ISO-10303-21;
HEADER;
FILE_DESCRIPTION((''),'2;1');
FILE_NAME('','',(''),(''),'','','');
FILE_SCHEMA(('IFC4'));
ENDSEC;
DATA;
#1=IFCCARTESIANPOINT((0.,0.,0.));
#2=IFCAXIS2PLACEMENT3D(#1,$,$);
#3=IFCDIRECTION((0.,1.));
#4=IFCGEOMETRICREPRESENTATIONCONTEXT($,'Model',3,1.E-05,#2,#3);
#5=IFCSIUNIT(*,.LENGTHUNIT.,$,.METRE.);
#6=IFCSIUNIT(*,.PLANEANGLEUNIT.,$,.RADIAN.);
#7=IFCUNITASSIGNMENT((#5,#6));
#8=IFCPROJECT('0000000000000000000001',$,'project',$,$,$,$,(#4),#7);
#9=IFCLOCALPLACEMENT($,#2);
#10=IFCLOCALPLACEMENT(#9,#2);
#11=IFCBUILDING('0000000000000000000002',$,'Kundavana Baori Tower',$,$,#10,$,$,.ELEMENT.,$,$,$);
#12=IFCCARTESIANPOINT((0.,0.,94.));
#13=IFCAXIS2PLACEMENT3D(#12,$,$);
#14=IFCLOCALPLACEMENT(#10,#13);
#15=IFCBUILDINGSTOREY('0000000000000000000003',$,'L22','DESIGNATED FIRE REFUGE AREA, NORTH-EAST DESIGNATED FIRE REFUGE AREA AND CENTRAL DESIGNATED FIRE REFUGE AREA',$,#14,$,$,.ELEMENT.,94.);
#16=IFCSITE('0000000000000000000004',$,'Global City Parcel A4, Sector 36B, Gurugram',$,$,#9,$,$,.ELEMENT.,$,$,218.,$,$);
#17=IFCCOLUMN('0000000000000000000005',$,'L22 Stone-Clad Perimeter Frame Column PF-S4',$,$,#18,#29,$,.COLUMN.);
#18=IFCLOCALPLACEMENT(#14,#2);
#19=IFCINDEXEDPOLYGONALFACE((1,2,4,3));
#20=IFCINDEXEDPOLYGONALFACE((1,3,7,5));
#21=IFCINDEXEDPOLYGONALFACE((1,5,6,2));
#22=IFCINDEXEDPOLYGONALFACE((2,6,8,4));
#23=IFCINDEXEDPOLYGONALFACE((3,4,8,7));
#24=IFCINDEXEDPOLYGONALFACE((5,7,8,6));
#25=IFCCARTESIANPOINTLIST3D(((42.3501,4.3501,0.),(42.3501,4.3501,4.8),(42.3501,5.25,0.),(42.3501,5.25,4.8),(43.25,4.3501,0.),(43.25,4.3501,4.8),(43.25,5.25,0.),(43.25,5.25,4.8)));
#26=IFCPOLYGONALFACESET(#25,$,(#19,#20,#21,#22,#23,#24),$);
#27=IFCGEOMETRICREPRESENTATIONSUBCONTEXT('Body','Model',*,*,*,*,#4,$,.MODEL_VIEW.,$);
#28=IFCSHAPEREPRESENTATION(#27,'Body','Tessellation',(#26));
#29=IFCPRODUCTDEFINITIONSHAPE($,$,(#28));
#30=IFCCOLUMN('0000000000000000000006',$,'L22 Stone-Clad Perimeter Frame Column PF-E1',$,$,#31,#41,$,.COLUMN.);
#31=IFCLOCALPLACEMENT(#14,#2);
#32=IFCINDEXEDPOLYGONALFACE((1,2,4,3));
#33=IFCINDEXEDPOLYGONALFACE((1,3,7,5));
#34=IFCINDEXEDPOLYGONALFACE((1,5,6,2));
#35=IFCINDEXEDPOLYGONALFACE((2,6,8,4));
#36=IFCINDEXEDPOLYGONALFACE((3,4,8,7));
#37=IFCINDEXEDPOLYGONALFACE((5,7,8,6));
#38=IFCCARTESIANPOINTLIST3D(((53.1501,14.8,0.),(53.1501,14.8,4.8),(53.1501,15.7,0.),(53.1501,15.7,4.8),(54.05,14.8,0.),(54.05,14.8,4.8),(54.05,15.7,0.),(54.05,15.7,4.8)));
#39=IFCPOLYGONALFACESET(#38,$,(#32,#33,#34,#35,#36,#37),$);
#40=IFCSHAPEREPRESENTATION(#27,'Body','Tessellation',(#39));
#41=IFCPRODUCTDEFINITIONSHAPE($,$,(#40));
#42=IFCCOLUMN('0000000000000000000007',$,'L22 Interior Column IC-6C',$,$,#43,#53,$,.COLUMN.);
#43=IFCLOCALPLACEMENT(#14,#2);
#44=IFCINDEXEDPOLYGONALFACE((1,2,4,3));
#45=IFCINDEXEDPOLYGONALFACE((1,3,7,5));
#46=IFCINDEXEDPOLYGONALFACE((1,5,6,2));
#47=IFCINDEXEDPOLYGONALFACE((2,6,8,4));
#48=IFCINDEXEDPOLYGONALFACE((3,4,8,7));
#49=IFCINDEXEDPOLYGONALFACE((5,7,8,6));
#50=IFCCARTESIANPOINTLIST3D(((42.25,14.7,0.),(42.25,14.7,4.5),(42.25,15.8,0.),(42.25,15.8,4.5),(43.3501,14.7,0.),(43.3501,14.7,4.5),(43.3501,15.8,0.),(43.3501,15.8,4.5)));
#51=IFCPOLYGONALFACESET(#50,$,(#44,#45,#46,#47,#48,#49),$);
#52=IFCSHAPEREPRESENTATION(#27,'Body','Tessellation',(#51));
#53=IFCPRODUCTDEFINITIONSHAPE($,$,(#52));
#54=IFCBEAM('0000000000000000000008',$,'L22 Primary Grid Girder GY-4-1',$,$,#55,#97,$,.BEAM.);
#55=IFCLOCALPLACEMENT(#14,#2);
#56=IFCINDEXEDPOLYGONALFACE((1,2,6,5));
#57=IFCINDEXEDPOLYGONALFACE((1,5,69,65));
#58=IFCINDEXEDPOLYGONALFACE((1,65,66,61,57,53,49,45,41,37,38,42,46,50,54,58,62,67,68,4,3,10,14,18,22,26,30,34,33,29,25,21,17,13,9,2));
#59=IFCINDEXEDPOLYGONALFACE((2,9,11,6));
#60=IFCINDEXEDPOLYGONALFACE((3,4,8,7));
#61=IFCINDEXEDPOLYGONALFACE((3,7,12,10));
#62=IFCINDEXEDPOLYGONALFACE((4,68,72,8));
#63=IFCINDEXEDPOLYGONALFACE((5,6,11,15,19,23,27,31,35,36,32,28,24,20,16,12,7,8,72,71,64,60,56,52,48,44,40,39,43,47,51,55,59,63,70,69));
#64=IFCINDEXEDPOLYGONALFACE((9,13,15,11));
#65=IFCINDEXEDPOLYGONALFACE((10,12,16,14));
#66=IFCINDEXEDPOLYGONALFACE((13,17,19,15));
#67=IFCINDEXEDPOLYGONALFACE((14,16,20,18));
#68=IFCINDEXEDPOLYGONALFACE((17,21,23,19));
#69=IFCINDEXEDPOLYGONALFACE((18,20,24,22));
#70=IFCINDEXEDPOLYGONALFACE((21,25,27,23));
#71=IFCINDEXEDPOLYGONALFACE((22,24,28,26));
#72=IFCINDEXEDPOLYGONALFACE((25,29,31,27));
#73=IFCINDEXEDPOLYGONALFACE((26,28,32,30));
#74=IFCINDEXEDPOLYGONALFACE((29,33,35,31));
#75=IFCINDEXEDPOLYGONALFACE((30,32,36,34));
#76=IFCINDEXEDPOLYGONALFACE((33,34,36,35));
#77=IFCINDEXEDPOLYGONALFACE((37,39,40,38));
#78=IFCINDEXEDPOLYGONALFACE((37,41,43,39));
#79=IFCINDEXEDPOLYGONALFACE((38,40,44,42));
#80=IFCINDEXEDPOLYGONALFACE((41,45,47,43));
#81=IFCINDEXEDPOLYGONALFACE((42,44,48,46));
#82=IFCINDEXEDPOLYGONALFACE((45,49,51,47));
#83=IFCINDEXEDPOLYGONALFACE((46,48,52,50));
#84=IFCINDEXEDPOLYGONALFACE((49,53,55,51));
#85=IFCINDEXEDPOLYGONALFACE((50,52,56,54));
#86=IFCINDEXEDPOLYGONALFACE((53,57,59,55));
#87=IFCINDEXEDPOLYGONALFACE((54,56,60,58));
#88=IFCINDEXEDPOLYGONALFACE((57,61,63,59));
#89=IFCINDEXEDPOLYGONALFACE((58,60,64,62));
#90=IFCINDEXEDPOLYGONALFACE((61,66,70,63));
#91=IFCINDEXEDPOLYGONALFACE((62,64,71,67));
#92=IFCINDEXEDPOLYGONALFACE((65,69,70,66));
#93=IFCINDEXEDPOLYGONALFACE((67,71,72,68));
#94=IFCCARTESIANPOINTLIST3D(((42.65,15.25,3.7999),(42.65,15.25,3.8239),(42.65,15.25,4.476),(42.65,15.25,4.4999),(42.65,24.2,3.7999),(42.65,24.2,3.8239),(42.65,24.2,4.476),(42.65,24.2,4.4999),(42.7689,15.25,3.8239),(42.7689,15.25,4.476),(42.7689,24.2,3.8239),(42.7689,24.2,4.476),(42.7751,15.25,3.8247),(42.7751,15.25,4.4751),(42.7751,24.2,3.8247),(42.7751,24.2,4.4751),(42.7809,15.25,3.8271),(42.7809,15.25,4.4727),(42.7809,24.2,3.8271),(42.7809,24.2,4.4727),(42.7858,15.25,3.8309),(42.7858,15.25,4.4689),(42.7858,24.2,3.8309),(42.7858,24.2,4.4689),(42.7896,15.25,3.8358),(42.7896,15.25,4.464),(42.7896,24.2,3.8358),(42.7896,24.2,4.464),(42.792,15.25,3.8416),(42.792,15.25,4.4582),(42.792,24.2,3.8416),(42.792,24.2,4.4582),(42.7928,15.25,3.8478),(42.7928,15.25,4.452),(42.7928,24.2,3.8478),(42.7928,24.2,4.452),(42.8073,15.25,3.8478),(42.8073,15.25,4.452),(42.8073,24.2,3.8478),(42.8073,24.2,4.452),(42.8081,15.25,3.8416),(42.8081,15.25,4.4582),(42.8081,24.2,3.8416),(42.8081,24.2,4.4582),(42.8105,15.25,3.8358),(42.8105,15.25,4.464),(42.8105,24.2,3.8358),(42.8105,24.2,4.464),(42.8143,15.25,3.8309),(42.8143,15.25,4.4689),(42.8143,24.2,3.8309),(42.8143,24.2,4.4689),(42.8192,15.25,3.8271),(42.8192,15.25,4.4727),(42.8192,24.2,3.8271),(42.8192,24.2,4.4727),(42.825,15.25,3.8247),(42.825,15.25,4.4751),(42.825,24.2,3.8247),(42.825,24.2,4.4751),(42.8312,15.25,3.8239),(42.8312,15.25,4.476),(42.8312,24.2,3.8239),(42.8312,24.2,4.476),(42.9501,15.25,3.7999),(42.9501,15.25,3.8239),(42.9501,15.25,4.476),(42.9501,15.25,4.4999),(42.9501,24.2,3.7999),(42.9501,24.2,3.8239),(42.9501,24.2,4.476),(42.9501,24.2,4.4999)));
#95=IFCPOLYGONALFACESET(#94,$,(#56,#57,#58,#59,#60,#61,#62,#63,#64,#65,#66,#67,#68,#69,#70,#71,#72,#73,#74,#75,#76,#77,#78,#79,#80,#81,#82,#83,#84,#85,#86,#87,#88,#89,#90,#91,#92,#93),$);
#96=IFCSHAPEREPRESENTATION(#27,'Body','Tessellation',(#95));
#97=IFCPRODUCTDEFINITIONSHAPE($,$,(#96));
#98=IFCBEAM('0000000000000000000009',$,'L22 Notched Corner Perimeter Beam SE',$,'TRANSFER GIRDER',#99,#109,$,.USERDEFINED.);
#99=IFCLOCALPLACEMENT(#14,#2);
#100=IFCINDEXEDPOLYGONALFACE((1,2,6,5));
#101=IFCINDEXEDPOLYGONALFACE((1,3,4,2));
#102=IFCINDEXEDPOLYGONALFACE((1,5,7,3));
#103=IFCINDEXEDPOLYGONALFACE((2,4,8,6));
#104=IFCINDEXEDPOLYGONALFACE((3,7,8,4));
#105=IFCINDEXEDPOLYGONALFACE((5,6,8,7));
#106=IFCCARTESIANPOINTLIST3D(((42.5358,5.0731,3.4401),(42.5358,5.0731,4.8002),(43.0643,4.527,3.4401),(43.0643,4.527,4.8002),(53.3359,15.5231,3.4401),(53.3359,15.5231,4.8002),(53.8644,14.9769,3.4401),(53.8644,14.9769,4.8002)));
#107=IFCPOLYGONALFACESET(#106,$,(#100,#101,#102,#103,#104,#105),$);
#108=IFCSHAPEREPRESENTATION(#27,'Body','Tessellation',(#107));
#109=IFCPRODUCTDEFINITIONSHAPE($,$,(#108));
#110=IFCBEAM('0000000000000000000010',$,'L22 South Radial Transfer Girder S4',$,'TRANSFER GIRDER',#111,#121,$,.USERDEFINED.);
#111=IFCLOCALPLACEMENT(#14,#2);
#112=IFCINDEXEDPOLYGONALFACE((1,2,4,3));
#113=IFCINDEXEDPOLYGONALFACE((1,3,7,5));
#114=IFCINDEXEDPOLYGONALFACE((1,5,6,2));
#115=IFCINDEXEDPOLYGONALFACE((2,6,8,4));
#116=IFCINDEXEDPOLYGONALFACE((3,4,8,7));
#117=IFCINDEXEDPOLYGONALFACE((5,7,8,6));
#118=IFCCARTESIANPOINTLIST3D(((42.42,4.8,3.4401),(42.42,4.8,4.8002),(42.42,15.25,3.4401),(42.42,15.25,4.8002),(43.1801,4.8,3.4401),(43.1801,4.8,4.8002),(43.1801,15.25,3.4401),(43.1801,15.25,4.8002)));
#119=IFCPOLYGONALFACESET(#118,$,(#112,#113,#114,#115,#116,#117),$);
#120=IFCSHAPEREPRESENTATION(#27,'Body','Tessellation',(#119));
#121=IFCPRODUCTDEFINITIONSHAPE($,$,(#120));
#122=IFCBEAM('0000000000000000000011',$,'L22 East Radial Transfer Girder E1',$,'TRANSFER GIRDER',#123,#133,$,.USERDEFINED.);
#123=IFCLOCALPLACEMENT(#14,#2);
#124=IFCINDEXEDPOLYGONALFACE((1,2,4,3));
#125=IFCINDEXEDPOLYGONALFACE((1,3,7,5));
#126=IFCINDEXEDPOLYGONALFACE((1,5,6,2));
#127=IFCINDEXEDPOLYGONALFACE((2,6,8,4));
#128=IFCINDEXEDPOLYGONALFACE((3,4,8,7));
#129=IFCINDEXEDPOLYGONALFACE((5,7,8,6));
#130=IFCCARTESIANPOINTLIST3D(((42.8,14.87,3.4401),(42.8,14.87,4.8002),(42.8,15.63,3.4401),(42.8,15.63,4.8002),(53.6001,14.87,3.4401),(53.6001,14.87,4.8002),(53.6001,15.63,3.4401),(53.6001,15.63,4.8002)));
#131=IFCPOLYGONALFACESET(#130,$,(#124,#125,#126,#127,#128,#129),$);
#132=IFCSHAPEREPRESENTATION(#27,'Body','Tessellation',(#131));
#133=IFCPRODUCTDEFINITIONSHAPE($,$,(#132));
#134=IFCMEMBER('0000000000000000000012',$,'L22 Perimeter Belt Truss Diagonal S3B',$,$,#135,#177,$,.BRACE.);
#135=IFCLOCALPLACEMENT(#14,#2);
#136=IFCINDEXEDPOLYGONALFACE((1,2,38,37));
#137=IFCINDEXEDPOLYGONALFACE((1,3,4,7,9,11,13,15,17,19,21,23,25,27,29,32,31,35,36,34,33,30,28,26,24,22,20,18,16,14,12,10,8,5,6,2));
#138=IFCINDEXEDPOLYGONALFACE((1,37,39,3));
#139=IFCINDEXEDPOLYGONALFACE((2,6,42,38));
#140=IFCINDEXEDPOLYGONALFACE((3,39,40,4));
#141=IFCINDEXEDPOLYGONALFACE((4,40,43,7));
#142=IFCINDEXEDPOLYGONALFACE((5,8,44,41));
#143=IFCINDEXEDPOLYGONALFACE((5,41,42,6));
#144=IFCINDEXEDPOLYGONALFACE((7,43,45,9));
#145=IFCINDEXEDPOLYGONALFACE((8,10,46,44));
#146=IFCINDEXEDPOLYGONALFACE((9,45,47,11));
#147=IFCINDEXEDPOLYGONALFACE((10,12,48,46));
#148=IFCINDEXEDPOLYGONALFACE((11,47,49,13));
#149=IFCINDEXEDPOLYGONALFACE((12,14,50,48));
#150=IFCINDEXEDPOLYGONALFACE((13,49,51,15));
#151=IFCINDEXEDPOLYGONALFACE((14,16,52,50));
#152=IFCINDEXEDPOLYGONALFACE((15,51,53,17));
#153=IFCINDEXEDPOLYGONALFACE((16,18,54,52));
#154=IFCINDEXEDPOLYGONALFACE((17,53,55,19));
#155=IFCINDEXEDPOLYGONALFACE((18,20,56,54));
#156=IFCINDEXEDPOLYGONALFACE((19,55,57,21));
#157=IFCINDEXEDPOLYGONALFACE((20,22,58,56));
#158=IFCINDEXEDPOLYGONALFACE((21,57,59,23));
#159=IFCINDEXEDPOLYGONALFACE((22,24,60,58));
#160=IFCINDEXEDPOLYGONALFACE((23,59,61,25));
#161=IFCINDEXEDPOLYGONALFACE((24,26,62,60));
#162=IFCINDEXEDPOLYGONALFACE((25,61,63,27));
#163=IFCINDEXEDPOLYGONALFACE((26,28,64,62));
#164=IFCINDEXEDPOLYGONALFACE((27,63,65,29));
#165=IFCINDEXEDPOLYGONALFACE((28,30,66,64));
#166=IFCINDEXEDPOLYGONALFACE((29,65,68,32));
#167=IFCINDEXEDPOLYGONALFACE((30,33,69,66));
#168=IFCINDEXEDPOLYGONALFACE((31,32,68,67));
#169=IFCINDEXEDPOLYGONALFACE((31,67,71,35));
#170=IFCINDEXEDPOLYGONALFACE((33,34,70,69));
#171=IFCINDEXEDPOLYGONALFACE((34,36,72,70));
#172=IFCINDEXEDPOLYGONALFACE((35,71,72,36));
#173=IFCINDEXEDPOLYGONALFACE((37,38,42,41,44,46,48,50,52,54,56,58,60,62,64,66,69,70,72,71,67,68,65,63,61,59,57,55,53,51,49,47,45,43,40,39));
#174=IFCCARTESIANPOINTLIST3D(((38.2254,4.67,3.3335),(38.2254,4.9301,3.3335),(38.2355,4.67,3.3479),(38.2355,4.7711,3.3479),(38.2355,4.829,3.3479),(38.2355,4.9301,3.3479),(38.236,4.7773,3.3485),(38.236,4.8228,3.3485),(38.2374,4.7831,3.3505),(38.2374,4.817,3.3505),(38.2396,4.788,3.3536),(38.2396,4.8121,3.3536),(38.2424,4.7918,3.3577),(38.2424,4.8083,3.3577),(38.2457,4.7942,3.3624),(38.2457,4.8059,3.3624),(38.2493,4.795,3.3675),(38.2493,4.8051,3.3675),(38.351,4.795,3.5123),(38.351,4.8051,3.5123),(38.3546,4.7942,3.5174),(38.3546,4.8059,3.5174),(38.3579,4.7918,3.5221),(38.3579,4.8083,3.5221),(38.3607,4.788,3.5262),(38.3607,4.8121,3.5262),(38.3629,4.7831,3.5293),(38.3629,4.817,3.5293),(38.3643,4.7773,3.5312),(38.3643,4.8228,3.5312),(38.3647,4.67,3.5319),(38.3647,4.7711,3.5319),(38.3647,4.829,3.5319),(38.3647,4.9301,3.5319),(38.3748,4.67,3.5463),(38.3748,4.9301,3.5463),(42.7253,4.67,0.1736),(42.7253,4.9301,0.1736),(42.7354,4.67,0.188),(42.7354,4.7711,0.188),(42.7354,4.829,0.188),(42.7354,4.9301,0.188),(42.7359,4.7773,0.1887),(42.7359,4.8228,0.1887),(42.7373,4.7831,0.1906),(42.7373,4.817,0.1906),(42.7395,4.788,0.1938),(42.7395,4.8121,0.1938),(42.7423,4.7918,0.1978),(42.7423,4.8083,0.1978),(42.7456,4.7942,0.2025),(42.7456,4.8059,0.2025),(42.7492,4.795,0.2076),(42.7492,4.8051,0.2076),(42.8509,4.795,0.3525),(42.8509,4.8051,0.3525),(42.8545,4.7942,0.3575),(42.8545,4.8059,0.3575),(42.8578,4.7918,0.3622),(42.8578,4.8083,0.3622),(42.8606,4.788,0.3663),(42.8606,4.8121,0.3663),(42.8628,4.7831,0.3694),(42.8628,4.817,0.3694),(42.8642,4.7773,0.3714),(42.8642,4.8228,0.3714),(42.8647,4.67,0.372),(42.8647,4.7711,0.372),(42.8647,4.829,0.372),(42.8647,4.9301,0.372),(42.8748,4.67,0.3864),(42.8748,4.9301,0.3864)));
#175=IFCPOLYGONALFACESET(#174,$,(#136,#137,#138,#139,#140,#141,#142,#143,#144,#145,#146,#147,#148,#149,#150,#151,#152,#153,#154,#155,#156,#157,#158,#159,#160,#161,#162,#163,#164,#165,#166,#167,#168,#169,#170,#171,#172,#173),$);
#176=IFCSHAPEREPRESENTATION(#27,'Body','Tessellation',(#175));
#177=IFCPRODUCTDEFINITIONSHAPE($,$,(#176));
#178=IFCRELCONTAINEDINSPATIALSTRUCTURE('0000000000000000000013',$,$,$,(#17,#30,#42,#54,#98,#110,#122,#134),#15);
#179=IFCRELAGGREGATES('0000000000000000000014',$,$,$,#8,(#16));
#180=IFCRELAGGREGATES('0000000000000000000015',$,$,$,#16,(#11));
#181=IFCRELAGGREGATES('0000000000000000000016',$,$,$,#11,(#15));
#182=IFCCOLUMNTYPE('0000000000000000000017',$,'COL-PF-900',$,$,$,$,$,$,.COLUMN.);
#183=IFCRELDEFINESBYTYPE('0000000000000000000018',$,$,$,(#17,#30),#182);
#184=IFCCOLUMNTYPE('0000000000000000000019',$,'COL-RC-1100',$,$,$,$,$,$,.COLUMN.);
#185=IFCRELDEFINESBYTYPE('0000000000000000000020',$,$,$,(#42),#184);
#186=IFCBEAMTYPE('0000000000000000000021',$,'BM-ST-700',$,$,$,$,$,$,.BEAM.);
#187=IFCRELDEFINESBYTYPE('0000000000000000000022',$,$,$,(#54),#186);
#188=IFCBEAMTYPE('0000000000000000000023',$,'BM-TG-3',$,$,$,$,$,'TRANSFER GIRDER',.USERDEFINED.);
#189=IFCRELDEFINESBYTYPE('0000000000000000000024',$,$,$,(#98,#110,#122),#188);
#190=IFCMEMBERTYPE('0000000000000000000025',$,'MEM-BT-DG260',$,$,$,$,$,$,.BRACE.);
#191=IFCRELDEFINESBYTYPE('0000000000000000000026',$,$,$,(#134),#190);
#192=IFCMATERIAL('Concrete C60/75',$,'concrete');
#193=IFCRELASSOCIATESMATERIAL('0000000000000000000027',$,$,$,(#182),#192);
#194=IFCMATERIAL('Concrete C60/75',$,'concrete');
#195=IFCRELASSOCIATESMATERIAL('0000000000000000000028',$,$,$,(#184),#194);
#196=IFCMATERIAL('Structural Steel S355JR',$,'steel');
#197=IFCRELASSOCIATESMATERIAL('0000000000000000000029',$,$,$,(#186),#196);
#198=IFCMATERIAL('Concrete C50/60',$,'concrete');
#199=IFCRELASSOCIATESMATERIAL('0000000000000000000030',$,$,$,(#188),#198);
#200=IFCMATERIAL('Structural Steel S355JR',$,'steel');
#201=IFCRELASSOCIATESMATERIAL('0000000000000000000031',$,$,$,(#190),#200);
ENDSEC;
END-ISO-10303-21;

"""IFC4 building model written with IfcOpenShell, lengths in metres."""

from ifc_helpers import new_model, si_unit, direction, frame, origin, origin_2d, place, context, subcontext, project, spatial, rectangle, i_section, extrude, material, material_profile, profile_set, type_object, element, save


model = new_model("IFC4")

# Units and contexts
model_context = context("Model", 3, precision=1e-05, world=origin(), true_north=direction((0.0, 1.0)))
body_context = subcontext(model_context, "Body", "Model", "MODEL_VIEW")
ifc_project = project(units=[si_unit("LENGTHUNIT", "METRE"), si_unit("PLANEANGLEUNIT", "RADIAN")], contexts=[model_context])

# Site, building, storey
site_placement = place(None, origin())
site = spatial("IfcSite", under=ifc_project, at=site_placement, Name="Global City Parcel A4, Sector 36B, Gurugram", CompositionType="ELEMENT", RefElevation=218.0)
building_placement = place(site_placement, origin())
building = spatial("IfcBuilding", under=site, at=building_placement, Name="Kundavana Baori Tower", CompositionType="ELEMENT")
storey_placement = place(building_placement, frame((0.0, 0.0, 94.0)))
storey = spatial("IfcBuildingStorey", under=building, at=storey_placement, Name="L22", Description="DESIGNATED FIRE REFUGE AREA, NORTH-EAST DESIGNATED FIRE REFUGE AREA AND CENTRAL DESIGNATED FIRE REFUGE AREA", CompositionType="ELEMENT", Elevation=94.0)

# Columns
ifc_material_1 = material(Name="Concrete C60/75", Category="concrete")
ifc_material_profile_1 = material_profile(ifc_material_1, rectangle(XDim=0.8999, YDim=0.8999, at=origin_2d()), Name="RC PF 900x900")
ifc_profile_set_1 = profile_set([ifc_material_profile_1], Name="Concrete C60/75")
column_type_1 = type_object("IfcColumnType", Name="COL-PF-900", PredefinedType="COLUMN", material=ifc_profile_set_1)
for number, where, z_axis, x_axis, name in (
    (1, (42.8, 4.8, 0.0), (0.0, 0.0, 1.0), (1.0, 0.0, 0.0), "L22 Stone-Clad Perimeter Frame Column PF-S4"),
    (2, (53.6001, 15.25, 0.0), (0.0, 0.0, 1.0), (1.0, 0.0, 0.0), "L22 Stone-Clad Perimeter Frame Column PF-E1"),
):
    element("IfcColumn", number, at=place(storey_placement, frame(where, z_axis=z_axis, x_axis=x_axis)), inside=storey, type_object=column_type_1, Name=name, PredefinedType="COLUMN", context=body_context, shape_type="SweptSolid", body=[
        extrude(rectangle(XDim=0.8999, YDim=0.8999, at=origin_2d()), origin(), (0.0, 0.0, 1.0), 4.8),
    ])
ifc_material_2 = material(Name="Concrete C60/75", Category="concrete")
ifc_material_profile_2 = material_profile(ifc_material_2, rectangle(XDim=1.1001, YDim=1.1001, at=origin_2d()), Name="RC 1100x1100")
ifc_profile_set_2 = profile_set([ifc_material_profile_2], Name="Concrete C60/75")
column_type_2 = type_object("IfcColumnType", Name="COL-RC-1100", PredefinedType="COLUMN", material=ifc_profile_set_2)
column_placement = place(storey_placement, frame((42.8, 15.25, 0.0), z_axis=(0.0, 0.0, 1.0), x_axis=(1.0, 0.0, 0.0)))
element("IfcColumn", 3, at=column_placement, inside=storey, type_object=column_type_2, Name="L22 Interior Column IC-6C", PredefinedType="COLUMN", context=body_context, shape_type="SweptSolid", body=[
    extrude(rectangle(XDim=1.1001, YDim=1.1001, at=origin_2d()), origin(), (0.0, 0.0, 1.0), 4.5),
])

# Beams
ifc_material_3 = material(Name="Structural Steel S355JR", Category="steel")
ifc_material_profile_3 = material_profile(ifc_material_3, i_section(OverallWidth=0.3, OverallDepth=0.7, WebThickness=0.0144, FlangeThickness=0.0239, FilletRadius=0.0239, at=origin_2d()), Name="NPB 700x300x170")
ifc_profile_set_3 = profile_set([ifc_material_profile_3], Name="Structural Steel S355JR")
beam_type_1 = type_object("IfcBeamType", Name="BM-ST-700", PredefinedType="BEAM", material=ifc_profile_set_3)
beam_1_placement = place(storey_placement, frame((42.8, 15.25, 4.1499), z_axis=(0.0, 1.0, 0.0), x_axis=(-1.0, 0.0, 0.0)))
element("IfcBeam", 4, at=beam_1_placement, inside=storey, type_object=beam_type_1, Name="L22 Primary Grid Girder GY-4-1", PredefinedType="BEAM", context=body_context, shape_type="SweptSolid", body=[
    extrude(i_section(OverallWidth=0.3, OverallDepth=0.7, WebThickness=0.0144, FlangeThickness=0.0239, FilletRadius=0.0239, at=origin_2d()), origin(), (0.0, 0.0, 1.0), 8.95),
])
ifc_material_4 = material(Name="Concrete C50/60", Category="concrete")
ifc_material_profile_4 = material_profile(ifc_material_4, rectangle(XDim=0.76, YDim=1.3601, at=origin_2d()), Name="BM-TG-3")
ifc_profile_set_4 = profile_set([ifc_material_profile_4], Name="Concrete C50/60")
beam_type_2 = type_object("IfcBeamType", Name="BM-TG-3", ElementType="TRANSFER GIRDER", PredefinedType="USERDEFINED", material=ifc_profile_set_4)
beam_2_placement = place(storey_placement, frame((42.8, 4.8, 4.1201), z_axis=(0.718659, 0.695363, 0.0), x_axis=(-0.695363, 0.718659, 0.0)))
element("IfcBeam", 5, at=beam_2_placement, inside=storey, type_object=beam_type_2, Name="L22 Notched Corner Perimeter Beam SE", ObjectType="TRANSFER GIRDER", PredefinedType="USERDEFINED", context=body_context, shape_type="SweptSolid", body=[
    extrude(rectangle(XDim=0.76, YDim=1.3601, at=origin_2d()), origin(), (0.0, 0.0, 1.0), 15.0281),
])
beam_3_placement = place(storey_placement, frame((42.8, 15.25, 4.1201), z_axis=(0.0, -1.0, 0.0), x_axis=(1.0, 0.0, 0.0)))
element("IfcBeam", 6, at=beam_3_placement, inside=storey, type_object=beam_type_2, Name="L22 South Radial Transfer Girder S4", ObjectType="TRANSFER GIRDER", PredefinedType="USERDEFINED", context=body_context, shape_type="SweptSolid", body=[
    extrude(rectangle(XDim=0.76, YDim=1.3601, at=origin_2d()), origin(), (0.0, 0.0, 1.0), 10.45),
])
beam_4_placement = place(storey_placement, frame((42.8, 15.25, 4.1201), z_axis=(1.0, 0.0, 0.0), x_axis=(0.0, 1.0, 0.0)))
element("IfcBeam", 7, at=beam_4_placement, inside=storey, type_object=beam_type_2, Name="L22 East Radial Transfer Girder E1", ObjectType="TRANSFER GIRDER", PredefinedType="USERDEFINED", context=body_context, shape_type="SweptSolid", body=[
    extrude(rectangle(XDim=0.76, YDim=1.3601, at=origin_2d()), origin(), (0.0, 0.0, 1.0), 10.8),
])

# Member
ifc_material_5 = material(Name="Structural Steel S355JR", Category="steel")
ifc_material_profile_5 = material_profile(ifc_material_5, i_section(OverallWidth=0.26, OverallDepth=0.26, WebThickness=0.01, FlangeThickness=0.0176, FilletRadius=0.0239, at=origin_2d()), Name="WPB 260x260x93")
ifc_profile_set_5 = profile_set([ifc_material_profile_5], Name="Structural Steel S355JR")
member_type_1 = type_object("IfcMemberType", Name="MEM-BT-DG260", PredefinedType="BRACE", material=ifc_profile_set_5)
member_1_placement = place(storey_placement, frame((42.8, 4.8, 0.28), z_axis=(-0.818384, 0.0, 0.574672), x_axis=(0.0, -1.0, 0.0)))
element("IfcMember", 8, at=member_1_placement, inside=storey, type_object=member_type_1, Name="L22 Perimeter Belt Truss Diagonal S3B", PredefinedType="BRACE", context=body_context, shape_type="SweptSolid", body=[
    extrude(i_section(OverallWidth=0.26, OverallDepth=0.26, WebThickness=0.01, FlangeThickness=0.0176, FilletRadius=0.0239, at=origin_2d()), origin(), (0.0, 0.0, 1.0), 5.4985),
])

save(model, "model.ifc")
